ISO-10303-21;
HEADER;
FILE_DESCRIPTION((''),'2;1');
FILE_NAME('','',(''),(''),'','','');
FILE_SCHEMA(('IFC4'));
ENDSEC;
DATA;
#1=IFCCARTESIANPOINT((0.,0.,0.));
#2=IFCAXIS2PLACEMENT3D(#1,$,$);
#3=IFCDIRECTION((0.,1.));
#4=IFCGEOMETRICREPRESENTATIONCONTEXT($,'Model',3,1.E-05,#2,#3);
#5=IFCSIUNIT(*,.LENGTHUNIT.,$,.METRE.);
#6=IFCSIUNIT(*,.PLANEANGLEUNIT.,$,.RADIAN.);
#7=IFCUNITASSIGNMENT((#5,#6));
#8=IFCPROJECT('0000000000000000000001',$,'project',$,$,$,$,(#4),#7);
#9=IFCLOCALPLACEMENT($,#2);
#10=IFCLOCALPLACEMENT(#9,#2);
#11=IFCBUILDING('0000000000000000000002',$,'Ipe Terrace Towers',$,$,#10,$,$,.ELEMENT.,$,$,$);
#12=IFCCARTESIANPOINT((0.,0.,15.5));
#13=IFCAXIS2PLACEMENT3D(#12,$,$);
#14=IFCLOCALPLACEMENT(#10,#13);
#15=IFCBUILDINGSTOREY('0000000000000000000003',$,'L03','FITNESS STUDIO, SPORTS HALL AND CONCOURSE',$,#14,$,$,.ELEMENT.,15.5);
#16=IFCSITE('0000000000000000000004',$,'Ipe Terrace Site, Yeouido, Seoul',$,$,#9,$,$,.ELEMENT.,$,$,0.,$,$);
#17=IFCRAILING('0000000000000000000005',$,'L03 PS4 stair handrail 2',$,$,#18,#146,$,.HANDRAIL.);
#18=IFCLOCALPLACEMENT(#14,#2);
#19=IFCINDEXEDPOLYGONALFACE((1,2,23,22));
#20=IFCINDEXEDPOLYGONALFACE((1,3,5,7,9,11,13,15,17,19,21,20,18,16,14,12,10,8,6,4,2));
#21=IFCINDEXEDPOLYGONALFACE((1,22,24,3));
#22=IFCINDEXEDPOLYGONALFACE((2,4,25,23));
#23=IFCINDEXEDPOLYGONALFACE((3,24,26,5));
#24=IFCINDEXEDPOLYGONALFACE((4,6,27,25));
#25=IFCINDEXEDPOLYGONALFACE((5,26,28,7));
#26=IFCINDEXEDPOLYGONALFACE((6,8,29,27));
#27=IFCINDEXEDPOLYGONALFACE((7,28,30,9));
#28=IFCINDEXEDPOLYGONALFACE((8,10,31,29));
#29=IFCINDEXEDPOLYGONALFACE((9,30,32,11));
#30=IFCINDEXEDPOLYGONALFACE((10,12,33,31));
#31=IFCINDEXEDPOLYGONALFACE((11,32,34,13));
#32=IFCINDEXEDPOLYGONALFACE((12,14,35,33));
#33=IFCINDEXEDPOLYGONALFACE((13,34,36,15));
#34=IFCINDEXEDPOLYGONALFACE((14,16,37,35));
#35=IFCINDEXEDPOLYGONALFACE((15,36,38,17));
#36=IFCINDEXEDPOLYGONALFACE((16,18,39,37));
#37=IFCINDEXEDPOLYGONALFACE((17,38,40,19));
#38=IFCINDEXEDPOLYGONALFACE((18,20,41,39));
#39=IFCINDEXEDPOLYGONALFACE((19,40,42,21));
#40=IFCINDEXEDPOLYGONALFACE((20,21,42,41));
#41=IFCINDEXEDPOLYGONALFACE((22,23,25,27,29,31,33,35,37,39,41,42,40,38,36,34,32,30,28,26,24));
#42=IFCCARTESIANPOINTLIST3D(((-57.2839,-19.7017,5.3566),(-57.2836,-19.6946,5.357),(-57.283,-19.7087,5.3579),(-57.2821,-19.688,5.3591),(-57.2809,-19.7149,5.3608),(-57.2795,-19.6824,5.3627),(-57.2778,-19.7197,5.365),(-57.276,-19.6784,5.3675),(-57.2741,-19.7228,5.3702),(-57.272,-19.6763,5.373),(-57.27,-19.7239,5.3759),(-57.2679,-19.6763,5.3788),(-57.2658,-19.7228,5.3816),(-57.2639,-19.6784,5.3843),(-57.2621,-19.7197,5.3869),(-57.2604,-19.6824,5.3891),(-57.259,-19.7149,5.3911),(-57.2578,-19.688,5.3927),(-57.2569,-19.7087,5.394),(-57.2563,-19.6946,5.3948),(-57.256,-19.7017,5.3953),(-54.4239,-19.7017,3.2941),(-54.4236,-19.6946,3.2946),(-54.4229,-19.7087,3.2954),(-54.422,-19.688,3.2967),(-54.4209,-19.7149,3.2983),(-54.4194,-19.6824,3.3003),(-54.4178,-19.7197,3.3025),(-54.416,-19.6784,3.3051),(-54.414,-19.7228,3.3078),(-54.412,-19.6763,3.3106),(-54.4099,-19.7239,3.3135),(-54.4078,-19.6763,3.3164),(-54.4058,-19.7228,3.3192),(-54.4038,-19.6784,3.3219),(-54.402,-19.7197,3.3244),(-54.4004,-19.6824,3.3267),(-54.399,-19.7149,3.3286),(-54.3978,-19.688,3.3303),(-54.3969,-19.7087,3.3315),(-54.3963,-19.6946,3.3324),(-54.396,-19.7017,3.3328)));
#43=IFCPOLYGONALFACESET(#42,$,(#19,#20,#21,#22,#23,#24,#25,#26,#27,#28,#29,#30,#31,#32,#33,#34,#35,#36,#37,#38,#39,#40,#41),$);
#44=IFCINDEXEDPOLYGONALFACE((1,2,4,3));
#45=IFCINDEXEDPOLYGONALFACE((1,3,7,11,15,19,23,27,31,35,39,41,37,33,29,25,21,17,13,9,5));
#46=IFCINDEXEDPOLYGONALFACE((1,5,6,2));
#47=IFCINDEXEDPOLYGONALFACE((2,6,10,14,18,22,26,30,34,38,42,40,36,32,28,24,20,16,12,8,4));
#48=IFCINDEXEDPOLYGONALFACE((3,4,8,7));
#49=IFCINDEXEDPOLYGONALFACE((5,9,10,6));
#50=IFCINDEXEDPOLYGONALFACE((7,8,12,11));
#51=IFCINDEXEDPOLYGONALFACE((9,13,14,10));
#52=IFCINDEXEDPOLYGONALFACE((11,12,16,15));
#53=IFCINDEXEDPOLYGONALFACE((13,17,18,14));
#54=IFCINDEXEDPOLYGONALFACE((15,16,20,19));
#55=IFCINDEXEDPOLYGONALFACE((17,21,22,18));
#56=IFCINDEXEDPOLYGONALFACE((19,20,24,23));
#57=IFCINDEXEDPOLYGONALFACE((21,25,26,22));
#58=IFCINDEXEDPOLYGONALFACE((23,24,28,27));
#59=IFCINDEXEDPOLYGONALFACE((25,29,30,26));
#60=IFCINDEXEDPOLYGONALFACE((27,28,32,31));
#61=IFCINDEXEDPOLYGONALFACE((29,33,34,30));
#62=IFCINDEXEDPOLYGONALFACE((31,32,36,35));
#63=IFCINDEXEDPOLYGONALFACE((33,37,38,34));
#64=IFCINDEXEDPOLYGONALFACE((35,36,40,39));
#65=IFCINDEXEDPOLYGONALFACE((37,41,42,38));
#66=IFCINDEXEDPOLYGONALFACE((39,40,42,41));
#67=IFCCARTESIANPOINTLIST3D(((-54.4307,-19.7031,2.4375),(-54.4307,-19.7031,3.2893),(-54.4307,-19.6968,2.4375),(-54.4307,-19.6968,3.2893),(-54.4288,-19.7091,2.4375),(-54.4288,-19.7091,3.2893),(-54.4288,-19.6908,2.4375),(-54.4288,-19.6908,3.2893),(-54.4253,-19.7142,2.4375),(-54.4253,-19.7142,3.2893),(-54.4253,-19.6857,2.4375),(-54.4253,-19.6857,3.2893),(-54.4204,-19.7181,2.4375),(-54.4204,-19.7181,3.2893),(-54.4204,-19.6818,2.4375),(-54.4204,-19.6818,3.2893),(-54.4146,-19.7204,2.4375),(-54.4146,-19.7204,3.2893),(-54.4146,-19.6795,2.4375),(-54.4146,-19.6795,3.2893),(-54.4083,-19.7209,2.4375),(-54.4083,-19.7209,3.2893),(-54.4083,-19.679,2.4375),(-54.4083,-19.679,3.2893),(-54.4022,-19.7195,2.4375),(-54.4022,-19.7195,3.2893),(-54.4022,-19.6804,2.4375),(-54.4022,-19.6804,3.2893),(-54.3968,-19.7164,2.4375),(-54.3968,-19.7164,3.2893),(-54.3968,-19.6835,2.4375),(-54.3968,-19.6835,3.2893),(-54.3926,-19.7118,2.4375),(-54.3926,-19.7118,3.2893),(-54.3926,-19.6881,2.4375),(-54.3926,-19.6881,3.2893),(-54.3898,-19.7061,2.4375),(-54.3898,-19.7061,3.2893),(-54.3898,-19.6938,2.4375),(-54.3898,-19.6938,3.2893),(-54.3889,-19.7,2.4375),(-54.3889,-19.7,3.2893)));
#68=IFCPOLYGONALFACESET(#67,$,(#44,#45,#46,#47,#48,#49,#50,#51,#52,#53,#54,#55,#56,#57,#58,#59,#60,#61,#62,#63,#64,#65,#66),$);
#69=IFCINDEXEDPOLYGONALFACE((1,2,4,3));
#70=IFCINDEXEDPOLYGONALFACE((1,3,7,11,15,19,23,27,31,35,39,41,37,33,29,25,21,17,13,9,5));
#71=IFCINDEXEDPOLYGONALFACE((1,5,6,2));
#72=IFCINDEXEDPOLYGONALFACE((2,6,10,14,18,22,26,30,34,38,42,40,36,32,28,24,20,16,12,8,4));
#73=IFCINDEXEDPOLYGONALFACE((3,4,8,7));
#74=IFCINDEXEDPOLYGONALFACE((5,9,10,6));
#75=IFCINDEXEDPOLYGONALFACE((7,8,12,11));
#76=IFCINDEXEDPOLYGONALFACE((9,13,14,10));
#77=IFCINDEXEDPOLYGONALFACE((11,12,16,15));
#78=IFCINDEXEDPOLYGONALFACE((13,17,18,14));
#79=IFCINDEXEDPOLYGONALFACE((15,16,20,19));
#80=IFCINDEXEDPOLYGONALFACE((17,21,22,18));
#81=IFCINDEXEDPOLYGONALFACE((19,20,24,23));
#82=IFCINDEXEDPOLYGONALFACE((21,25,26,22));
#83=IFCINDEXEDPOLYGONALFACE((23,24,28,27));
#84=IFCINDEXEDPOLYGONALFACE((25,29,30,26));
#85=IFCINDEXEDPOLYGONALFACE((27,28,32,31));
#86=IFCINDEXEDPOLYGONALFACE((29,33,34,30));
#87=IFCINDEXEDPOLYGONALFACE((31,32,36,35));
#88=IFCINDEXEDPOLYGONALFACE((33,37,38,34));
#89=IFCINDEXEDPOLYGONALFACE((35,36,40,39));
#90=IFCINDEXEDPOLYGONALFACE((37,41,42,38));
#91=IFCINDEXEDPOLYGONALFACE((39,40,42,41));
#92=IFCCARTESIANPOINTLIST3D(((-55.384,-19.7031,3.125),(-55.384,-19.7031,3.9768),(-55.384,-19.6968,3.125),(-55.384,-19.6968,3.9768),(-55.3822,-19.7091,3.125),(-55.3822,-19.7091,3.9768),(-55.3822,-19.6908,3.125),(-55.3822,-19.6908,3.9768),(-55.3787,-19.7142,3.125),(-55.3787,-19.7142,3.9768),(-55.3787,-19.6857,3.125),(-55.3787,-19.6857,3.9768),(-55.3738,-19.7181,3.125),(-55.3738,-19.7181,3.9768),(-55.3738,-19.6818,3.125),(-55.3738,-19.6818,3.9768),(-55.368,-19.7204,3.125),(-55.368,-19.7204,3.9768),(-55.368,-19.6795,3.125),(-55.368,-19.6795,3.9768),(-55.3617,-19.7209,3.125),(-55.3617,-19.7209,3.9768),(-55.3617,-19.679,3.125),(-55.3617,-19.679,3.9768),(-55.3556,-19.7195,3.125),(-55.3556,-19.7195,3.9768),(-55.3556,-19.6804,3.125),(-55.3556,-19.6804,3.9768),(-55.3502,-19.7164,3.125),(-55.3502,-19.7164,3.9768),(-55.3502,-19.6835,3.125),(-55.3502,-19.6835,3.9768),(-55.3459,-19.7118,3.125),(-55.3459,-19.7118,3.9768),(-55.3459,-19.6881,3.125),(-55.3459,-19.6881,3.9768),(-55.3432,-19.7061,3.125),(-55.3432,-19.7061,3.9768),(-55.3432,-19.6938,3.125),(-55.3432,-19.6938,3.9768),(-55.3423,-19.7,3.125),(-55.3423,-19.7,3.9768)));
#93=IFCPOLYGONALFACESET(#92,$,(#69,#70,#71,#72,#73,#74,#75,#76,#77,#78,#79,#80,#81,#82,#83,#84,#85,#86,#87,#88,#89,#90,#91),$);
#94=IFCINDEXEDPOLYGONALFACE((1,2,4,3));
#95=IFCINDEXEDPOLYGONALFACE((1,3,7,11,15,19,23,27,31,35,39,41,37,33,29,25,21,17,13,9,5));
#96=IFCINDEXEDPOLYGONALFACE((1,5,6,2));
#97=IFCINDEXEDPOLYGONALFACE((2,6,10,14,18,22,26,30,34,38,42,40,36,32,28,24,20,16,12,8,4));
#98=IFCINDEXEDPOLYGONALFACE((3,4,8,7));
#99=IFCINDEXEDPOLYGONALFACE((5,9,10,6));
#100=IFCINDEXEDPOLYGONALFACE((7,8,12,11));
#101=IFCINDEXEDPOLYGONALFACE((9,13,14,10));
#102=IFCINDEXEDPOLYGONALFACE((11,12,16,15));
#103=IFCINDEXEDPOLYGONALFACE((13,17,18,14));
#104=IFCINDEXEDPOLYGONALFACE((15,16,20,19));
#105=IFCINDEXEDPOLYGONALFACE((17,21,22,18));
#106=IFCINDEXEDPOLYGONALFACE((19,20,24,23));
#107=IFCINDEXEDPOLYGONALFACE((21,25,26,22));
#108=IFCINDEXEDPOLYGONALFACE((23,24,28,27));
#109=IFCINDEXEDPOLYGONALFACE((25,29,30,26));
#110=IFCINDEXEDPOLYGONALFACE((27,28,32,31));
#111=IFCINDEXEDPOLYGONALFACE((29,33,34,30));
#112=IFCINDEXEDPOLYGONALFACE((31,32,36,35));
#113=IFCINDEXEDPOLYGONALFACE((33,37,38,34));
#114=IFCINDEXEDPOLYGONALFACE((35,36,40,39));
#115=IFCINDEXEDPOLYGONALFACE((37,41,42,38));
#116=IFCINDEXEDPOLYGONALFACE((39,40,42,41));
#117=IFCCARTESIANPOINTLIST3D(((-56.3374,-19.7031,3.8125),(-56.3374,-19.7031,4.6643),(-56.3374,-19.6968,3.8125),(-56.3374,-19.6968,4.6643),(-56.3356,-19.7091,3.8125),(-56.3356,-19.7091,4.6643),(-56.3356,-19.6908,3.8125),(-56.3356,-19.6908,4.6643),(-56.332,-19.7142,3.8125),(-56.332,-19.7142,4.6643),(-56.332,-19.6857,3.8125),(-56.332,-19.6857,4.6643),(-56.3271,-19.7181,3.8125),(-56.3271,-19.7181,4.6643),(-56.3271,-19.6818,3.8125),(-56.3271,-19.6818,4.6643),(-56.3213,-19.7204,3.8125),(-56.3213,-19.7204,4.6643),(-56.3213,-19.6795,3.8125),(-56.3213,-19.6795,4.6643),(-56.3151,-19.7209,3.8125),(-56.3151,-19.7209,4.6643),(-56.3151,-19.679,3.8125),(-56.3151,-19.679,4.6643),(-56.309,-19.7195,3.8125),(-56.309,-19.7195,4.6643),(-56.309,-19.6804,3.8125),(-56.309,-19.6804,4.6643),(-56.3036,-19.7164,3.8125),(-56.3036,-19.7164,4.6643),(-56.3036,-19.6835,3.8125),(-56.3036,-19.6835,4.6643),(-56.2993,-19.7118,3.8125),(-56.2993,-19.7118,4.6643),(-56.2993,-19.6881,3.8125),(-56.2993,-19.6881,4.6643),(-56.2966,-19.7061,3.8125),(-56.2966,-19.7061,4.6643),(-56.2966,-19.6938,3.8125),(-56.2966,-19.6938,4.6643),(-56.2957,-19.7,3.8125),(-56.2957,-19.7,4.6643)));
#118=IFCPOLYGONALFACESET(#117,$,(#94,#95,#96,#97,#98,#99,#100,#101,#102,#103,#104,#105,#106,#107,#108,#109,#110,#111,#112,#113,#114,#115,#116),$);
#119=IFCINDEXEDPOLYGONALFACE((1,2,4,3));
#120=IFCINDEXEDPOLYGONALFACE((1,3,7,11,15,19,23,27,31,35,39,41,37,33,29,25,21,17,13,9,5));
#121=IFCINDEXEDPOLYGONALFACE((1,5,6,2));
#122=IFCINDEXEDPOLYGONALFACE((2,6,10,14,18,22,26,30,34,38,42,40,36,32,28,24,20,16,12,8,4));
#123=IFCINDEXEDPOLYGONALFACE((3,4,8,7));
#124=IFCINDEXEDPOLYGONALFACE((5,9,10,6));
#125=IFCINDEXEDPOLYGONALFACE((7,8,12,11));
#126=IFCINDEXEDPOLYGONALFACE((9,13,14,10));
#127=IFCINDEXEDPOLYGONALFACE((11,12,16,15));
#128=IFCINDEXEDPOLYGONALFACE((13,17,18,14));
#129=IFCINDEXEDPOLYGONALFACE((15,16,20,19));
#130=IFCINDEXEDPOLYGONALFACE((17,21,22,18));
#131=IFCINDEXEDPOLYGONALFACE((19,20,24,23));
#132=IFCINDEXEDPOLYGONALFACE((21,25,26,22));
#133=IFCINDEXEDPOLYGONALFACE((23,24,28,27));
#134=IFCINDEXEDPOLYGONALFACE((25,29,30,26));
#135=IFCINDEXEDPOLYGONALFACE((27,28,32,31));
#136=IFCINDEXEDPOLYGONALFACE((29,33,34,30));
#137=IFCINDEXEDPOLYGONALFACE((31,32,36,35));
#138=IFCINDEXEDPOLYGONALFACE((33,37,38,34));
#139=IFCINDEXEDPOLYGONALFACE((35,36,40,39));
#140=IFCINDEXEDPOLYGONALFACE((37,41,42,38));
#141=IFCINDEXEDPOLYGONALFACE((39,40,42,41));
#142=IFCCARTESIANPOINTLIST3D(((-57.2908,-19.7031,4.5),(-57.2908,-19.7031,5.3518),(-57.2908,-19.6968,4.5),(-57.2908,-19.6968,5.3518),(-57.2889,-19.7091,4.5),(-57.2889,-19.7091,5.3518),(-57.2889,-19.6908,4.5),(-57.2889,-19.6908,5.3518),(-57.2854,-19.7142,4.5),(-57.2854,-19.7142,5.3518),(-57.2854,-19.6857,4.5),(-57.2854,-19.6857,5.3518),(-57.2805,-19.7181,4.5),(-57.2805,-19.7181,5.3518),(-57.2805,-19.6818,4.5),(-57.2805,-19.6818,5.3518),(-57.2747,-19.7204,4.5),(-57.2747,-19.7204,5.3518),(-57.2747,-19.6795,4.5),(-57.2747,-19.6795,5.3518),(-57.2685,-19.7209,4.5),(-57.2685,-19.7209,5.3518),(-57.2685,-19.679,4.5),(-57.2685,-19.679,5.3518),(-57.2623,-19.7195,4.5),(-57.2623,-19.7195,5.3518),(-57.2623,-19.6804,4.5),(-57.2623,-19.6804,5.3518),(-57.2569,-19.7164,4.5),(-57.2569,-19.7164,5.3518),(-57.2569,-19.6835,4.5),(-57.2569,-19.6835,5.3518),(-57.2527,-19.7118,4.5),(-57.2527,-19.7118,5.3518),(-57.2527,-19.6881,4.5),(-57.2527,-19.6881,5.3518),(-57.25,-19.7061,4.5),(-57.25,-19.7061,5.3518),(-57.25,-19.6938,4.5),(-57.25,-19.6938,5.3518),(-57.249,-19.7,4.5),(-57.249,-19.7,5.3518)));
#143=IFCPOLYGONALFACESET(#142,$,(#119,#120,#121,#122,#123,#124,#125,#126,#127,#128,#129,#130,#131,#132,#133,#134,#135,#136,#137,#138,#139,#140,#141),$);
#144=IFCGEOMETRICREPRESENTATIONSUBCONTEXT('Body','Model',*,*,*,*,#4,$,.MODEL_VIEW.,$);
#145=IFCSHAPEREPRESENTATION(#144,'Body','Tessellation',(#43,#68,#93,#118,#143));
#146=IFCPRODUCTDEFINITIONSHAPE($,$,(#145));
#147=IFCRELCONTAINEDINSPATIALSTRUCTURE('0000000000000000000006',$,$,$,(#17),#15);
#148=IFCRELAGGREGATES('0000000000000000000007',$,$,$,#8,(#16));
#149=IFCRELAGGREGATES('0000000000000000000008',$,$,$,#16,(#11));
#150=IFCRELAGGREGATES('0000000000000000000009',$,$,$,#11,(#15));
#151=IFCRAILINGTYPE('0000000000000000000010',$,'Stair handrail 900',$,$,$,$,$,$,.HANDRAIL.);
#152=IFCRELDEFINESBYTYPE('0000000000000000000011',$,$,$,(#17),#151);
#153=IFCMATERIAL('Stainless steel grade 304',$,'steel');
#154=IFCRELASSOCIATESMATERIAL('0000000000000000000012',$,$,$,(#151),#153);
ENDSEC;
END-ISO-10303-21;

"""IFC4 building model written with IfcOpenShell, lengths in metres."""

from ifc_helpers import new_model, si_unit, direction, frame, origin, origin_2d, place, context, subcontext, project, spatial, circle, extrude, material, type_object, element, save


model = new_model("IFC4")

# Units and contexts
model_context = context("Model", 3, precision=1e-05, world=origin(), true_north=direction((0.0, 1.0)))
body_context = subcontext(model_context, "Body", "Model", "MODEL_VIEW")
ifc_project = project(units=[si_unit("LENGTHUNIT", "METRE"), si_unit("PLANEANGLEUNIT", "RADIAN")], contexts=[model_context])

# Site, building, storey
site_placement = place(None, origin())
site = spatial("IfcSite", under=ifc_project, at=site_placement, Name="Ipe Terrace Site, Yeouido, Seoul", CompositionType="ELEMENT", RefElevation=0.0)
building_placement = place(site_placement, origin())
building = spatial("IfcBuilding", under=site, at=building_placement, Name="Ipe Terrace Towers", CompositionType="ELEMENT")
storey_placement = place(building_placement, frame((0.0, 0.0, 15.5)))
storey = spatial("IfcBuildingStorey", under=building, at=storey_placement, Name="L03", Description="FITNESS STUDIO, SPORTS HALL AND CONCOURSE", CompositionType="ELEMENT", Elevation=15.5)

# Railing
ifc_material_1 = material(Name="Stainless steel grade 304", Category="steel")
railing_type_1 = type_object("IfcRailingType", Name="Stair handrail 900", PredefinedType="HANDRAIL", material=ifc_material_1)
railing_1_placement = place(storey_placement, frame((-54.4099, -19.7, 2.4375)))
element("IfcRailing", 1, at=railing_1_placement, inside=storey, type_object=railing_type_1, Name="L03 PS4 stair handrail 2", PredefinedType="HANDRAIL", context=body_context, shape_type="SweptSolid", body=[
    extrude(circle(Radius=0.0239, at=origin_2d()), frame((0.0, 0.0, 0.876), z_axis=(-0.811101, 0.0, 0.584906), x_axis=(0.0, -1.0, 0.0)), (0.0, 0.0, 1.0), 3.5261),
    extrude(circle(Radius=0.021, at=origin_2d()), origin(), (0.0, 0.0, 1.0), 0.8518),
    extrude(circle(Radius=0.021, at=origin_2d()), frame((-0.9534, 0.0, 0.6875)), (0.0, 0.0, 1.0), 0.8518),
    extrude(circle(Radius=0.021, at=origin_2d()), frame((-1.9067, 0.0, 1.375)), (0.0, 0.0, 1.0), 0.8518),
    extrude(circle(Radius=0.021, at=origin_2d()), frame((-2.8601, 0.0, 2.0625)), (0.0, 0.0, 1.0), 0.8518),
])

save(model, "model.ifc")
